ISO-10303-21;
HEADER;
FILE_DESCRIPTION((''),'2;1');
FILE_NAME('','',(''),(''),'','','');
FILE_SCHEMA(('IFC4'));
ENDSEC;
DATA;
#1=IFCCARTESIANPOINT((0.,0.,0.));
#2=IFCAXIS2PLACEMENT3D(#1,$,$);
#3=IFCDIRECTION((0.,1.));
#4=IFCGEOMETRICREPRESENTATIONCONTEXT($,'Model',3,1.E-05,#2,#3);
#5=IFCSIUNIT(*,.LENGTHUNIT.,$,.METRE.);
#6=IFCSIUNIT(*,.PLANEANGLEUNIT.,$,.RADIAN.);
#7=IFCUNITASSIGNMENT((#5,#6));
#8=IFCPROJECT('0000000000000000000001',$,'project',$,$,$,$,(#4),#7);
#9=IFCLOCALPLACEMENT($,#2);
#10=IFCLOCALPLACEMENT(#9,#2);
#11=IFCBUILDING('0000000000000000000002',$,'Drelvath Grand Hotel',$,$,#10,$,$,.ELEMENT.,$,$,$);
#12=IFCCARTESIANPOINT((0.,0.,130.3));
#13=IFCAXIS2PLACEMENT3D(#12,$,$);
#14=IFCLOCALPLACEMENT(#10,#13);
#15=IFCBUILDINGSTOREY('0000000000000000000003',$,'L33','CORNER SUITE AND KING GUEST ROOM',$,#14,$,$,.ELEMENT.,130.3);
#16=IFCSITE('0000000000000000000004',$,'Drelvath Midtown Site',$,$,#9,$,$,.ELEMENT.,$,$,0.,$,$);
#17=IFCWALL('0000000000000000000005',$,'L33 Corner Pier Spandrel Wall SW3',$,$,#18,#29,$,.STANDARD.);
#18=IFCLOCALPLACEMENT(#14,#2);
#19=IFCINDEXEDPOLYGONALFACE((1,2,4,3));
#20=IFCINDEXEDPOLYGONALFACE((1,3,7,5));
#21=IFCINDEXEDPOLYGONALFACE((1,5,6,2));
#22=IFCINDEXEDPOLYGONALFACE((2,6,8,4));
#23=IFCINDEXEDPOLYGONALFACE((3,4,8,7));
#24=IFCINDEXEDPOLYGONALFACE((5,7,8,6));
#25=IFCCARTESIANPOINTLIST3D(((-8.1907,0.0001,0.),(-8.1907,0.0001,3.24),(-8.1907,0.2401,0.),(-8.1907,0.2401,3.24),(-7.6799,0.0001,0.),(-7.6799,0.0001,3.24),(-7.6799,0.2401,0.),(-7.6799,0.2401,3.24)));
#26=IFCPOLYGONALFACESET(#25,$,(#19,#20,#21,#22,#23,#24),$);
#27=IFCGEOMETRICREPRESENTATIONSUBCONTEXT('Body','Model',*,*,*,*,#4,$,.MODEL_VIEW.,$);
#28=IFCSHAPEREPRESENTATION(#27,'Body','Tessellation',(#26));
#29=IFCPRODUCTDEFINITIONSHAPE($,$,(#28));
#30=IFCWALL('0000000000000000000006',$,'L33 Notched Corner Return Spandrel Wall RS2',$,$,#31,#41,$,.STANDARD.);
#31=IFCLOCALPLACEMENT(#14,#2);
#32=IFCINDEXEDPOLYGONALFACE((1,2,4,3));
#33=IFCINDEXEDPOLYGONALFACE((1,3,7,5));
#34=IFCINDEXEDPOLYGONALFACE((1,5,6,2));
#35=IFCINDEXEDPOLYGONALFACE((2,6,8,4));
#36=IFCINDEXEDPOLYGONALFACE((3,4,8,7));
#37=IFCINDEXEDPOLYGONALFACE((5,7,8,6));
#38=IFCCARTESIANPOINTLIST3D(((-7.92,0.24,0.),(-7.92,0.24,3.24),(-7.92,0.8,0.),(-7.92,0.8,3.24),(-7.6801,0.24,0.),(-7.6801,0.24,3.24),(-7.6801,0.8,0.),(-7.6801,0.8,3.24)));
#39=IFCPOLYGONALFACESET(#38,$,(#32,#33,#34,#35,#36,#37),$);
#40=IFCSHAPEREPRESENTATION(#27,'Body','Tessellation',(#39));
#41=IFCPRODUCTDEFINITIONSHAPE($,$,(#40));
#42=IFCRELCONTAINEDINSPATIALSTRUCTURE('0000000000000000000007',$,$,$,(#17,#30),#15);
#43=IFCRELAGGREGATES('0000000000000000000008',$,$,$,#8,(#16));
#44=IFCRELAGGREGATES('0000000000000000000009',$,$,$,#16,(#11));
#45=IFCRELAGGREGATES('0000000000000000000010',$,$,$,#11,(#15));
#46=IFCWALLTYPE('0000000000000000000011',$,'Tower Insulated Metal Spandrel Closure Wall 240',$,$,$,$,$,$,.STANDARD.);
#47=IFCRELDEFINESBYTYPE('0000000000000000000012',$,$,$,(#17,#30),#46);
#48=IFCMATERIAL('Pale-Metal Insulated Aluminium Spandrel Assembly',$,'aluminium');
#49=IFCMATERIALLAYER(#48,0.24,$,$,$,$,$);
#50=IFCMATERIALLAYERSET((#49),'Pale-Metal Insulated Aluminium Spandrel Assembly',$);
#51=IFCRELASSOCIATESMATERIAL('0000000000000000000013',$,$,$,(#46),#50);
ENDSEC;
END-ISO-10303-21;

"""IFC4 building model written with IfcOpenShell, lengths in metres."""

from ifc_helpers import new_model, si_unit, direction, frame, frame_2d, origin, place, context, subcontext, project, spatial, rectangle, extrude, material, layer, layer_set, type_object, element, save


model = new_model("IFC4")

# Units and contexts
model_context = context("Model", 3, precision=1e-05, world=origin(), true_north=direction((0.0, 1.0)))
body_context = subcontext(model_context, "Body", "Model", "MODEL_VIEW")
ifc_project = project(units=[si_unit("LENGTHUNIT", "METRE"), si_unit("PLANEANGLEUNIT", "RADIAN")], contexts=[model_context])

# Site, building, storey
site_placement = place(None, origin())
site = spatial("IfcSite", under=ifc_project, at=site_placement, Name="Drelvath Midtown Site", CompositionType="ELEMENT", RefElevation=0.0)
building_placement = place(site_placement, origin())
building = spatial("IfcBuilding", under=site, at=building_placement, Name="Drelvath Grand Hotel", CompositionType="ELEMENT")
storey_placement = place(building_placement, frame((0.0, 0.0, 130.3)))
storey = spatial("IfcBuildingStorey", under=building, at=storey_placement, Name="L33", Description="CORNER SUITE AND KING GUEST ROOM", CompositionType="ELEMENT", Elevation=130.3)

# Walls
ifc_material_1 = material(Name="Pale-Metal Insulated Aluminium Spandrel Assembly", Category="aluminium")
ifc_layer_1 = layer(ifc_material_1, 0.24)
ifc_layer_set_1 = layer_set([ifc_layer_1], Name="Pale-Metal Insulated Aluminium Spandrel Assembly")
wall_type_1 = type_object("IfcWallType", Name="Tower Insulated Metal Spandrel Closure Wall 240", PredefinedType="STANDARD", material=ifc_layer_set_1)
wall_1_placement = place(storey_placement, frame((-7.6799, 0.1201, 0.0), z_axis=(0.0, 0.0, 1.0), x_axis=(-1.0, 0.0, 0.0)))
element("IfcWall", 1, at=wall_1_placement, inside=storey, type_object=wall_type_1, Name="L33 Corner Pier Spandrel Wall SW3", PredefinedType="STANDARD", context=body_context, shape_type="SweptSolid", body=[
    extrude(rectangle(XDim=0.5107, YDim=0.24, at=frame_2d((0.2554, 0.0))), origin(), (0.0, 0.0, 1.0), 3.24),
])
wall_2_placement = place(storey_placement, frame((-7.8, 0.8, 0.0), z_axis=(0.0, 0.0, 1.0), x_axis=(0.0, -1.0, 0.0)))
element("IfcWall", 2, at=wall_2_placement, inside=storey, type_object=wall_type_1, Name="L33 Notched Corner Return Spandrel Wall RS2", PredefinedType="STANDARD", context=body_context, shape_type="SweptSolid", body=[
    extrude(rectangle(XDim=0.5601, YDim=0.24, at=frame_2d((0.28, 0.0))), origin(), (0.0, 0.0, 1.0), 3.24),
])

save(model, "model.ifc")
